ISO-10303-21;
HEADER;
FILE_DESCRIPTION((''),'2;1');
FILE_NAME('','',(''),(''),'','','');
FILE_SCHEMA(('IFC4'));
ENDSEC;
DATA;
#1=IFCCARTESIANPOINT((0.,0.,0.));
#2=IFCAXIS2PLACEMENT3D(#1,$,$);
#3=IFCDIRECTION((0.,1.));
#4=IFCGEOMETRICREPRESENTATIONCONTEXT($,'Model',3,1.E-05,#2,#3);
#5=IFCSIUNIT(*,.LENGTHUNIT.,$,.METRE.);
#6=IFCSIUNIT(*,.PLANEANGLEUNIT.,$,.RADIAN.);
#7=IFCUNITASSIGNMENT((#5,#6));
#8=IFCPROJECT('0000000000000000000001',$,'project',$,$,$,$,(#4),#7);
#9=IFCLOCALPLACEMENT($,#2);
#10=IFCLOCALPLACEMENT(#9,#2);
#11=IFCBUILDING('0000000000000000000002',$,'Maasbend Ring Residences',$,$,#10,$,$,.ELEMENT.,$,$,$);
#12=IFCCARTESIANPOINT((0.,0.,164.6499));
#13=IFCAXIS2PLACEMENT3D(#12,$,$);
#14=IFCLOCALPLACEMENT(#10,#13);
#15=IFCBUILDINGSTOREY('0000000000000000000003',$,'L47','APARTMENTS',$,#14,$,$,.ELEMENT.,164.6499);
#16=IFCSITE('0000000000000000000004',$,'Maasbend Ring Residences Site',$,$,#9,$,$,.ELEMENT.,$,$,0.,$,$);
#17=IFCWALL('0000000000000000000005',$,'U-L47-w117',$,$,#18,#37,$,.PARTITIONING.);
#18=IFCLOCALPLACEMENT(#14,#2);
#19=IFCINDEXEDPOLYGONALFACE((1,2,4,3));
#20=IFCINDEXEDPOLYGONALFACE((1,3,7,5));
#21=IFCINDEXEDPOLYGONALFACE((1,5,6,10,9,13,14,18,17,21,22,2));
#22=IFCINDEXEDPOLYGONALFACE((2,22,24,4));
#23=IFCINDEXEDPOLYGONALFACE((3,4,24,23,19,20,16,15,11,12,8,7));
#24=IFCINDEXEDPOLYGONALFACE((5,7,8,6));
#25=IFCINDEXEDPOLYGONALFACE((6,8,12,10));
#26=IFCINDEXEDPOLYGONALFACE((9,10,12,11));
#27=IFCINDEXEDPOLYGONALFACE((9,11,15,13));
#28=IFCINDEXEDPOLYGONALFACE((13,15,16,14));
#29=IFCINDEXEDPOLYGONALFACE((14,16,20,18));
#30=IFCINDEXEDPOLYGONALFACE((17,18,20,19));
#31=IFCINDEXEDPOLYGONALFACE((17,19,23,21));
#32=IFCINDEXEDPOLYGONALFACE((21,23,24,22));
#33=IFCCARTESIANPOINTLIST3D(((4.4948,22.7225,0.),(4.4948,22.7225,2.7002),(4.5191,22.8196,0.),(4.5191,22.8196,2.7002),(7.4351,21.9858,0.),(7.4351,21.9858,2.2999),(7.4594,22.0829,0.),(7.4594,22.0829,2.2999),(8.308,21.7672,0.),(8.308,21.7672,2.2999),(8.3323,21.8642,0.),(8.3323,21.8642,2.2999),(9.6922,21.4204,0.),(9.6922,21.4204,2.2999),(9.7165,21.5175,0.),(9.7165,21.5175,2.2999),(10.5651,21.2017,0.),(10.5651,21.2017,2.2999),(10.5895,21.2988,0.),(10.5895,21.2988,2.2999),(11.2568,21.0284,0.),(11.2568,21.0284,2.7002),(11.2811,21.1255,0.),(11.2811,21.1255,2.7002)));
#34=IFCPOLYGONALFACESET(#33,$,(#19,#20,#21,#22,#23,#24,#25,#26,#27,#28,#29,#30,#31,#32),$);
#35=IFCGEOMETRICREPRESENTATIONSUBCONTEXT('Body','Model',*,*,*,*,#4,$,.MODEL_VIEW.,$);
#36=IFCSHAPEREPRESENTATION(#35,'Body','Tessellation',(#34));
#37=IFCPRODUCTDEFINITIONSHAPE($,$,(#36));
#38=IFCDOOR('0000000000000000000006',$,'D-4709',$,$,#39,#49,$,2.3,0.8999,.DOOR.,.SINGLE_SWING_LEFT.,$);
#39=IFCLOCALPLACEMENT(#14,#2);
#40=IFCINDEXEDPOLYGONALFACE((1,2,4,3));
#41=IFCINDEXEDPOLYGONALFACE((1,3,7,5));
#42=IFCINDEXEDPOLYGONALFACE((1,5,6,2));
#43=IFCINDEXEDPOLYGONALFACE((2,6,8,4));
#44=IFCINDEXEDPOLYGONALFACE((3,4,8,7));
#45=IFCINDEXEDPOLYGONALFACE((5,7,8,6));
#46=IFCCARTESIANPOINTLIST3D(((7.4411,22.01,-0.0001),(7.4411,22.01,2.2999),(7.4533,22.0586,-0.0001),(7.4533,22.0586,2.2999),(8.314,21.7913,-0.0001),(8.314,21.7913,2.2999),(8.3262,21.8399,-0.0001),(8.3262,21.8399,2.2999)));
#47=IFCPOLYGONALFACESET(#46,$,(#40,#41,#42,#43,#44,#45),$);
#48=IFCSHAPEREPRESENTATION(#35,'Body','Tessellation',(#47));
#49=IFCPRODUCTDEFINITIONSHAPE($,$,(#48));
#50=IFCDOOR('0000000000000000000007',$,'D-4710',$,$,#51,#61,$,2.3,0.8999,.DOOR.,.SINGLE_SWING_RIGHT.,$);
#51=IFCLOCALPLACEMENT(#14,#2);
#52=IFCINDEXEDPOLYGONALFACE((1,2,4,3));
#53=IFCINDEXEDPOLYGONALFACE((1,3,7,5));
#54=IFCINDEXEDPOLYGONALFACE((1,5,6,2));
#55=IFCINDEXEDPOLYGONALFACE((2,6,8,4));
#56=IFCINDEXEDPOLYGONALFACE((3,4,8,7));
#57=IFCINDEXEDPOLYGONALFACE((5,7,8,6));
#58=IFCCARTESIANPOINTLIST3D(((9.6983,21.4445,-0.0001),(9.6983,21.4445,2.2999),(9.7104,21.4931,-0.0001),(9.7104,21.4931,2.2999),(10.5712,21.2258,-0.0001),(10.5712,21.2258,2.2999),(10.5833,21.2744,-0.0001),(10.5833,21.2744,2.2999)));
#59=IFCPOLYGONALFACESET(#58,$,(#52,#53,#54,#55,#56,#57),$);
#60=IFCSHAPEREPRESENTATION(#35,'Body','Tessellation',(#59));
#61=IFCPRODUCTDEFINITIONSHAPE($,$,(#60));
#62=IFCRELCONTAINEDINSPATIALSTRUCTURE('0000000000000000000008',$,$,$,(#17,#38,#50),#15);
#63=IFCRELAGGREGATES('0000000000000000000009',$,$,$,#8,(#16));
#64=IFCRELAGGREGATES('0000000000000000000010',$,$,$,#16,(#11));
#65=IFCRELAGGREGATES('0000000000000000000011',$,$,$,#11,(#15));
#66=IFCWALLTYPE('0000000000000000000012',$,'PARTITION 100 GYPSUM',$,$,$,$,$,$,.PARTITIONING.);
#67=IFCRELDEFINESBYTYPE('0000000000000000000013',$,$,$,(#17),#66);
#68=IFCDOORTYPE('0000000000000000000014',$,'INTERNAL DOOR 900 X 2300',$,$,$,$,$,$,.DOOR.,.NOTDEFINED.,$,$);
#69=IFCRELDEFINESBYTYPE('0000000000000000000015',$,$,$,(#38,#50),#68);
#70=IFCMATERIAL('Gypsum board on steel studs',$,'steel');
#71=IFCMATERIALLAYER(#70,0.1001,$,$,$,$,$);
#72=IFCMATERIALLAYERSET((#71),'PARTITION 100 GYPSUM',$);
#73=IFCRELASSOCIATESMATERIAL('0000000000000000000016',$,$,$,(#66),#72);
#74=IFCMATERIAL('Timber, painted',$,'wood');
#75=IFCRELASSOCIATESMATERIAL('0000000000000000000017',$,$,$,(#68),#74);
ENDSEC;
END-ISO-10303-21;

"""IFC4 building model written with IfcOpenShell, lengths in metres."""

from ifc_helpers import new_model, si_unit, direction, frame, frame_2d, origin, place, context, subcontext, project, spatial, rectangle, extrude, material, layer, layer_set, type_object, element, fill, save


model = new_model("IFC4")

# Units and contexts
model_context = context("Model", 3, precision=1e-05, world=origin(), true_north=direction((0.0, 1.0)))
body_context = subcontext(model_context, "Body", "Model", "MODEL_VIEW")
ifc_project = project(units=[si_unit("LENGTHUNIT", "METRE"), si_unit("PLANEANGLEUNIT", "RADIAN")], contexts=[model_context])

# Site, building, storey
site_placement = place(None, origin())
site = spatial("IfcSite", under=ifc_project, at=site_placement, Name="Maasbend Ring Residences Site", CompositionType="ELEMENT", RefElevation=0.0)
building_placement = place(site_placement, origin())
building = spatial("IfcBuilding", under=site, at=building_placement, Name="Maasbend Ring Residences", CompositionType="ELEMENT")
storey_placement = place(building_placement, frame((0.0, 0.0, 164.6499)))
storey = spatial("IfcBuildingStorey", under=building, at=storey_placement, Name="L47", Description="APARTMENTS", CompositionType="ELEMENT", Elevation=164.6499)

# Shared definitions
ifc_material_1 = material(Name="Gypsum board on steel studs", Category="steel")
ifc_layer_1 = layer(ifc_material_1, 0.1001)
ifc_layer_set_1 = layer_set([ifc_layer_1], Name="PARTITION 100 GYPSUM")
wall_type_1 = type_object("IfcWallType", Name="PARTITION 100 GYPSUM", PredefinedType="PARTITIONING", material=ifc_layer_set_1)
ifc_material_2 = material(Name="Timber, painted", Category="wood")
door_type_1 = type_object("IfcDoorType", Name="INTERNAL DOOR 900 X 2300", OperationType="NOTDEFINED", PredefinedType="DOOR", material=ifc_material_2)

# Wall, openings, doors
wall_1_placement = place(storey_placement, frame((4.5071, 22.771, 0.0), z_axis=(0.0, 0.0, 1.0), x_axis=(0.970021, -0.243022, 0.0)))
wall_1 = element("IfcWall", 1, at=wall_1_placement, inside=storey, type_object=wall_type_1, Name="U-L47-w117", PredefinedType="PARTITIONING", context=body_context, shape_type="SweptSolid", body=[
    extrude(rectangle(XDim=6.9709, YDim=0.1001, at=frame_2d((3.4854, 0.0))), origin(), (0.0, 0.0, 1.0), 2.7002),
])
opening_1_placement = place(wall_1_placement, frame((3.031, 0.0, 0.0)))
opening_1 = element("IfcOpeningElement", 2, at=opening_1_placement, cuts=wall_1, PredefinedType="OPENING", context=body_context, shape_type="SweptSolid", body=[
    extrude(rectangle(XDim=0.8999, YDim=2.3, at=frame_2d((0.45, 1.1499))), frame((0.0, 0.0601, 0.0), z_axis=(0.0, -1.0, 0.0), x_axis=(1.0, 0.0, 0.0)), (0.0, 0.0, 1.0), 0.1201),
])
opening_2_placement = place(wall_1_placement, frame((5.3579, 0.0, 0.0)))
opening_2 = element("IfcOpeningElement", 3, at=opening_2_placement, cuts=wall_1, PredefinedType="OPENING", context=body_context, shape_type="SweptSolid", body=[
    extrude(rectangle(XDim=0.8999, YDim=2.3, at=frame_2d((0.45, 1.1499))), frame((0.0, 0.0601, 0.0), z_axis=(0.0, -1.0, 0.0), x_axis=(1.0, 0.0, 0.0)), (0.0, 0.0, 1.0), 0.1201),
])
door_1_placement = place(opening_1_placement, origin())
door_1 = element("IfcDoor", 4, at=door_1_placement, inside=storey, type_object=door_type_1, Name="D-4709", OperationType="SINGLE_SWING_LEFT", OverallHeight=2.3, OverallWidth=0.8999, PredefinedType="DOOR", context=body_context, shape_type="SweptSolid", body=[
    extrude(rectangle(XDim=0.8999, YDim=2.3, at=frame_2d((0.45, 1.1499))), frame((0.0, 0.0249, 0.0), z_axis=(0.0, -1.0, 0.0), x_axis=(1.0, 0.0, 0.0)), (0.0, 0.0, 1.0), 0.05),
])
fill(opening_1, door_1)
door_2_placement = place(opening_2_placement, origin())
door_2 = element("IfcDoor", 5, at=door_2_placement, inside=storey, type_object=door_type_1, Name="D-4710", OperationType="SINGLE_SWING_RIGHT", OverallHeight=2.3, OverallWidth=0.8999, PredefinedType="DOOR", context=body_context, shape_type="SweptSolid", body=[
    extrude(rectangle(XDim=0.8999, YDim=2.3, at=frame_2d((0.45, 1.1499))), frame((0.0, 0.0249, 0.0), z_axis=(0.0, -1.0, 0.0), x_axis=(1.0, 0.0, 0.0)), (0.0, 0.0, 1.0), 0.05),
])
fill(opening_2, door_2)

save(model, "model.ifc")
